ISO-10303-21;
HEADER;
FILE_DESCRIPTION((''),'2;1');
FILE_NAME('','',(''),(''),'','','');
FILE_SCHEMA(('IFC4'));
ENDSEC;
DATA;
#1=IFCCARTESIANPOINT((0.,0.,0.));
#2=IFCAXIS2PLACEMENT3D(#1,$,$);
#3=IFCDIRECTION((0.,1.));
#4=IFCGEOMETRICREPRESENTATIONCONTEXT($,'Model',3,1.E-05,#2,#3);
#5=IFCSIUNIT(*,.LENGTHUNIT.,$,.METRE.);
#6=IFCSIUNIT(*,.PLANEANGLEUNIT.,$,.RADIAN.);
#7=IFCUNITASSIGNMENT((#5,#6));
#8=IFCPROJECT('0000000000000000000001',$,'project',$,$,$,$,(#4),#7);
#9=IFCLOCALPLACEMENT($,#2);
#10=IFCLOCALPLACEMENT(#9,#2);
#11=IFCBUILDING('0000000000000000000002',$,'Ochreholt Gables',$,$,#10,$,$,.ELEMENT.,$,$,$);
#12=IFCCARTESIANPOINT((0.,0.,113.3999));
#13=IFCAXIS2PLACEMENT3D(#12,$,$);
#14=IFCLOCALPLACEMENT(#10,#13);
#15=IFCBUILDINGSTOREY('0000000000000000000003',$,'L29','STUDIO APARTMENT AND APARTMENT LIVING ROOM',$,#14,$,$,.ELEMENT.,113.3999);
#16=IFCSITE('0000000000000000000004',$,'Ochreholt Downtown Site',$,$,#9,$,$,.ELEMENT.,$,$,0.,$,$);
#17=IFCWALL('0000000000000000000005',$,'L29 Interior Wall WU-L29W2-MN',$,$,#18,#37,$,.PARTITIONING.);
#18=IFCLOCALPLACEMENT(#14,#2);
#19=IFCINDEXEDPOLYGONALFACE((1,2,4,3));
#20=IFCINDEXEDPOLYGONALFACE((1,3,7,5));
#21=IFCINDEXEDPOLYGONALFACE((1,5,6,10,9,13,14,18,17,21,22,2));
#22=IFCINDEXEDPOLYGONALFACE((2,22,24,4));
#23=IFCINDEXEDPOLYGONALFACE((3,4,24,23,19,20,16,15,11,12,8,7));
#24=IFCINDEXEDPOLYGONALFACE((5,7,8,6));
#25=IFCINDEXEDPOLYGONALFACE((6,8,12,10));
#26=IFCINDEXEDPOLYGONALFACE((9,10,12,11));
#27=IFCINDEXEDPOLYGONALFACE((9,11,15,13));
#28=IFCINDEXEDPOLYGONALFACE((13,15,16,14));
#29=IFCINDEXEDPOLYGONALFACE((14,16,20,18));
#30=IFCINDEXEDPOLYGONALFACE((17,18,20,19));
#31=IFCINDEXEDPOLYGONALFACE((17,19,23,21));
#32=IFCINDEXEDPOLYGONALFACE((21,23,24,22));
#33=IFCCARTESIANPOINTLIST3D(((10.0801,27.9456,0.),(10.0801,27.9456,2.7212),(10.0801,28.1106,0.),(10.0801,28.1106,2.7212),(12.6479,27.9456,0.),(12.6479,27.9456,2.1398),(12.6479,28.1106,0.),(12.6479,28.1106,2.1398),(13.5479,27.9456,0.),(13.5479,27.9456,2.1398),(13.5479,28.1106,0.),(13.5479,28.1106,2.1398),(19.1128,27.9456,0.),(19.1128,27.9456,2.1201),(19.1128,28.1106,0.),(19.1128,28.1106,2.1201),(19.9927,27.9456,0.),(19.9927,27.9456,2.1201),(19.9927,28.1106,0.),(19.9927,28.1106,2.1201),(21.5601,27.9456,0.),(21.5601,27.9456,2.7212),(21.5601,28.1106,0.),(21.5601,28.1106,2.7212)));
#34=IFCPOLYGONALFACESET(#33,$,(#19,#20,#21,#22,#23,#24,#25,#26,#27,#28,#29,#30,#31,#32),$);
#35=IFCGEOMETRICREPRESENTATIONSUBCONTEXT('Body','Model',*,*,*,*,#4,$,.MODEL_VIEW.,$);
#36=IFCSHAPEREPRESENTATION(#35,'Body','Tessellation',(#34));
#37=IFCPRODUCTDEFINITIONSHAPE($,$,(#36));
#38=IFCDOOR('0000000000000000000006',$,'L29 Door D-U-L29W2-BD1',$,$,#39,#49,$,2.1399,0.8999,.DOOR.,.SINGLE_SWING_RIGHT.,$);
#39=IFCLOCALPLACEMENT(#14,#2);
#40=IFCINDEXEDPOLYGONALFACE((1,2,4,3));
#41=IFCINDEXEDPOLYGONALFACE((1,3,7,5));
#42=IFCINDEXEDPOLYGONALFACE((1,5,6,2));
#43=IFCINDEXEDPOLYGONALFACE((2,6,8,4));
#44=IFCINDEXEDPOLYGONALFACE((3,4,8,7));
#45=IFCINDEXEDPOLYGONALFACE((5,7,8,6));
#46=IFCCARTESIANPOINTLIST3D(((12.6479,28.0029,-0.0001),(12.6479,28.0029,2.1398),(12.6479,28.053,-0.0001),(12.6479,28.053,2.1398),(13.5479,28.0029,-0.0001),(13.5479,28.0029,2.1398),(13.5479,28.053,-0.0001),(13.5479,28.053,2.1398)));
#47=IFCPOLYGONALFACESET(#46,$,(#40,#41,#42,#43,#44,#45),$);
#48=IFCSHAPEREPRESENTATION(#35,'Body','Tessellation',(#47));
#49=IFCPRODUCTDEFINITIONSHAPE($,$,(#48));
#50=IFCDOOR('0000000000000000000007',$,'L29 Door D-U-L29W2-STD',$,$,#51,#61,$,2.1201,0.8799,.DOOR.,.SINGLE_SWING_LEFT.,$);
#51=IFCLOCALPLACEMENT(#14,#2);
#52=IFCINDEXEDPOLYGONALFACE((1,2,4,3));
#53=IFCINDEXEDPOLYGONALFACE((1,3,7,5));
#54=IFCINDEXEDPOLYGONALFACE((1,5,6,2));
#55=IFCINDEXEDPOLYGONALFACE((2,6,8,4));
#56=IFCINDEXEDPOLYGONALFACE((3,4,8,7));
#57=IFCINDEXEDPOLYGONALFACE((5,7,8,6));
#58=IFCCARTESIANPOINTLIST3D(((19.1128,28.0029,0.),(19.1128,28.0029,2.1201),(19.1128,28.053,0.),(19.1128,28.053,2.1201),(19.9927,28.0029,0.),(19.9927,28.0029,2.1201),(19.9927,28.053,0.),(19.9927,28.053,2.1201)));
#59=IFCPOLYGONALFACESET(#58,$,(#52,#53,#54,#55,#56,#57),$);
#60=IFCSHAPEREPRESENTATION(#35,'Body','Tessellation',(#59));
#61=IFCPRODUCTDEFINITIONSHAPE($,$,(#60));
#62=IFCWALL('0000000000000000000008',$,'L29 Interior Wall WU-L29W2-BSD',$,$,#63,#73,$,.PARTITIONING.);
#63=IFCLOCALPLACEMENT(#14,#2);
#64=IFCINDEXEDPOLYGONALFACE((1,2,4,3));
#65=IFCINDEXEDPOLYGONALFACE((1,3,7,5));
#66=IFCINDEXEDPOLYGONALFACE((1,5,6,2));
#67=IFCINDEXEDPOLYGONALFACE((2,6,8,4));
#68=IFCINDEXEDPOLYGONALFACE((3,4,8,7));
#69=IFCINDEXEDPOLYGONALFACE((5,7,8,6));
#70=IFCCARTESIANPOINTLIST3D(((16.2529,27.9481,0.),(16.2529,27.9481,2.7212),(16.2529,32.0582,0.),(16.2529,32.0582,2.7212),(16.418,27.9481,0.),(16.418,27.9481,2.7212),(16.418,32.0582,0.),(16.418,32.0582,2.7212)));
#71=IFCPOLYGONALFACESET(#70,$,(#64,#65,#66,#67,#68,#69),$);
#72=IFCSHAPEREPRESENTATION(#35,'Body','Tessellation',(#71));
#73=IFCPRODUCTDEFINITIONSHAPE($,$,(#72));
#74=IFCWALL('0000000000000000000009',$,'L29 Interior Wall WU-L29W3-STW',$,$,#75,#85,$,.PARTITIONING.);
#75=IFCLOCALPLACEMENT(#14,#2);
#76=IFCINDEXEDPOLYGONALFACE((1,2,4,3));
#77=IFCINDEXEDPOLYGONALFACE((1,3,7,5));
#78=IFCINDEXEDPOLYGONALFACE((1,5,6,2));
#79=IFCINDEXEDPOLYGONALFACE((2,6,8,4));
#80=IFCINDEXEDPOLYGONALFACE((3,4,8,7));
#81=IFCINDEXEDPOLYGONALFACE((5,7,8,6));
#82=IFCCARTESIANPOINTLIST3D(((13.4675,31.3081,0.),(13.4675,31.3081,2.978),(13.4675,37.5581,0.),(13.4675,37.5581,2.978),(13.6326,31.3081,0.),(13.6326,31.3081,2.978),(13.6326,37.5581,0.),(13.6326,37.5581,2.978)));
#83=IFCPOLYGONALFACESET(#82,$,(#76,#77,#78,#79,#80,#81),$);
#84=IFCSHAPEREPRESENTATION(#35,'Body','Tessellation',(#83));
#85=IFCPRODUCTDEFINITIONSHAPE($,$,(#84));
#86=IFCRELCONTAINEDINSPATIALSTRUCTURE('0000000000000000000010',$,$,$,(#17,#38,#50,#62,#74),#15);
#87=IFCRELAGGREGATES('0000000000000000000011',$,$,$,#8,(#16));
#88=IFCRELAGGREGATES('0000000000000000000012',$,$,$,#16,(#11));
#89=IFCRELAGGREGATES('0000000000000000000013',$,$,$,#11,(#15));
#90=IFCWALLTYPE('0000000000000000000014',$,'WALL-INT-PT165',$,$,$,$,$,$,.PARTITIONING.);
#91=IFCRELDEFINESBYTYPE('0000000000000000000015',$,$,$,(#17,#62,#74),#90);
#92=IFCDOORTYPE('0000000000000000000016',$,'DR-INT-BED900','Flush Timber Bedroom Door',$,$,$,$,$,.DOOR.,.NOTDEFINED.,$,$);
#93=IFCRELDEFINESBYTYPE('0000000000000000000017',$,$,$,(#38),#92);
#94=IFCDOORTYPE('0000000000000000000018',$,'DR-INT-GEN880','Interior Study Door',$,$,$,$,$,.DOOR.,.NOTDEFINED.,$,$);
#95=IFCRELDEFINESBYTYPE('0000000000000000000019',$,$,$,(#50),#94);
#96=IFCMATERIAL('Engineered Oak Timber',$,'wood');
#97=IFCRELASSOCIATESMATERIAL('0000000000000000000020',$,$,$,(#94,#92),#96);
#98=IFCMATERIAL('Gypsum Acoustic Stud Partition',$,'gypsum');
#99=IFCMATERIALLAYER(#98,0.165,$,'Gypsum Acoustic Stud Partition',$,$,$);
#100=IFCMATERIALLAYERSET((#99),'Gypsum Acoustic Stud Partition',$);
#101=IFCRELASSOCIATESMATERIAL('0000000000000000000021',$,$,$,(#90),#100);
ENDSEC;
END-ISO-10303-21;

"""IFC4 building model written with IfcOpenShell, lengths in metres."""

from ifc_helpers import new_model, si_unit, direction, frame, frame_2d, origin, place, context, subcontext, project, spatial, rectangle, extrude, material, layer, layer_set, type_object, element, fill, save


model = new_model("IFC4")

# Units and contexts
model_context = context("Model", 3, precision=1e-05, world=origin(), true_north=direction((0.0, 1.0)))
body_context = subcontext(model_context, "Body", "Model", "MODEL_VIEW")
ifc_project = project(units=[si_unit("LENGTHUNIT", "METRE"), si_unit("PLANEANGLEUNIT", "RADIAN")], contexts=[model_context])

# Site, building, storey
site_placement = place(None, origin())
site = spatial("IfcSite", under=ifc_project, at=site_placement, Name="Ochreholt Downtown Site", CompositionType="ELEMENT", RefElevation=0.0)
building_placement = place(site_placement, origin())
building = spatial("IfcBuilding", under=site, at=building_placement, Name="Ochreholt Gables", CompositionType="ELEMENT")
storey_placement = place(building_placement, frame((0.0, 0.0, 113.3999)))
storey = spatial("IfcBuildingStorey", under=building, at=storey_placement, Name="L29", Description="STUDIO APARTMENT AND APARTMENT LIVING ROOM", CompositionType="ELEMENT", Elevation=113.3999)

# Shared definitions
ifc_material_1 = material(Name="Engineered Oak Timber", Category="wood")
door_type_1 = type_object("IfcDoorType", Name="DR-INT-GEN880", Description="Interior Study Door", OperationType="NOTDEFINED", PredefinedType="DOOR", material=ifc_material_1)

# Wall, openings, doors
ifc_material_2 = material(Name="Gypsum Acoustic Stud Partition", Category="gypsum")
ifc_layer_1 = layer(ifc_material_2, 0.165, Name="Gypsum Acoustic Stud Partition")
ifc_layer_set_1 = layer_set([ifc_layer_1], Name="Gypsum Acoustic Stud Partition")
wall_type_1 = type_object("IfcWallType", Name="WALL-INT-PT165", PredefinedType="PARTITIONING", material=ifc_layer_set_1)
wall_1_placement = place(storey_placement, frame((10.0801, 28.0281, 0.0), z_axis=(0.0, 0.0, 1.0), x_axis=(1.0, 0.0, 0.0)))
wall_1 = element("IfcWall", 1, at=wall_1_placement, inside=storey, type_object=wall_type_1, Name="L29 Interior Wall WU-L29W2-MN", PredefinedType="PARTITIONING", context=body_context, shape_type="SweptSolid", body=[
    extrude(rectangle(XDim=11.48, YDim=0.165, at=frame_2d((5.74, 0.0))), origin(), (0.0, 0.0, 1.0), 2.7212),
])
opening_1_placement = place(wall_1_placement, frame((9.0327, 0.0, 0.0)))
opening_1 = element("IfcOpeningElement", 2, at=opening_1_placement, cuts=wall_1, PredefinedType="OPENING", context=body_context, shape_type="SweptSolid", body=[
    extrude(rectangle(XDim=0.8799, YDim=2.1201, at=frame_2d((0.4399, 1.0601))), frame((0.0, 0.0925, 0.0), z_axis=(0.0, -1.0, 0.0), x_axis=(1.0, 0.0, 0.0)), (0.0, 0.0, 1.0), 0.1851),
])
opening_2_placement = place(wall_1_placement, frame((2.5679, 0.0, 0.0)))
opening_2 = element("IfcOpeningElement", 3, at=opening_2_placement, cuts=wall_1, PredefinedType="OPENING", context=body_context, shape_type="SweptSolid", body=[
    extrude(rectangle(XDim=0.8999, YDim=2.1399, at=frame_2d((0.45, 1.0698))), frame((0.0, 0.0925, 0.0), z_axis=(0.0, -1.0, 0.0), x_axis=(1.0, 0.0, 0.0)), (0.0, 0.0, 1.0), 0.1851),
])
door_type_2 = type_object("IfcDoorType", Name="DR-INT-BED900", Description="Flush Timber Bedroom Door", OperationType="NOTDEFINED", PredefinedType="DOOR", material=ifc_material_1)
door_1_placement = place(opening_2_placement, origin())
door_1 = element("IfcDoor", 4, at=door_1_placement, inside=storey, type_object=door_type_2, Name="L29 Door D-U-L29W2-BD1", OperationType="SINGLE_SWING_RIGHT", OverallHeight=2.1399, OverallWidth=0.8999, PredefinedType="DOOR", context=body_context, shape_type="SweptSolid", body=[
    extrude(rectangle(XDim=0.8999, YDim=2.1399, at=frame_2d((0.45, 1.0698))), frame((0.0, 0.0249, 0.0), z_axis=(0.0, -1.0, 0.0), x_axis=(1.0, 0.0, 0.0)), (0.0, 0.0, 1.0), 0.05),
])
fill(opening_2, door_1)
door_2_placement = place(opening_1_placement, origin())
door_2 = element("IfcDoor", 5, at=door_2_placement, inside=storey, type_object=door_type_1, Name="L29 Door D-U-L29W2-STD", OperationType="SINGLE_SWING_LEFT", OverallHeight=2.1201, OverallWidth=0.8799, PredefinedType="DOOR", context=body_context, shape_type="SweptSolid", body=[
    extrude(rectangle(XDim=0.8799, YDim=2.1201, at=frame_2d((0.4399, 1.0601))), frame((0.0, 0.0249, 0.0), z_axis=(0.0, -1.0, 0.0), x_axis=(1.0, 0.0, 0.0)), (0.0, 0.0, 1.0), 0.05),
])
fill(opening_1, door_2)

# Walls
wall_2_placement = place(storey_placement, frame((16.3354, 27.948, 0.0), z_axis=(0.0, 0.0, 1.0), x_axis=(0.0, 1.0, 0.0)))
element("IfcWall", 6, at=wall_2_placement, inside=storey, type_object=wall_type_1, Name="L29 Interior Wall WU-L29W2-BSD", PredefinedType="PARTITIONING", context=body_context, shape_type="SweptSolid", body=[
    extrude(rectangle(XDim=4.1101, YDim=0.165, at=frame_2d((2.0552, 0.0))), origin(), (0.0, 0.0, 1.0), 2.7212),
])
wall_3_placement = place(storey_placement, frame((13.55, 31.3081, 0.0), z_axis=(0.0, 0.0, 1.0), x_axis=(0.0, 1.0, 0.0)))
element("IfcWall", 7, at=wall_3_placement, inside=storey, type_object=wall_type_1, Name="L29 Interior Wall WU-L29W3-STW", PredefinedType="PARTITIONING", context=body_context, shape_type="SweptSolid", body=[
    extrude(rectangle(XDim=6.25, YDim=0.165, at=frame_2d((3.125, 0.0))), origin(), (0.0, 0.0, 1.0), 2.978),
])

save(model, "model.ifc")
